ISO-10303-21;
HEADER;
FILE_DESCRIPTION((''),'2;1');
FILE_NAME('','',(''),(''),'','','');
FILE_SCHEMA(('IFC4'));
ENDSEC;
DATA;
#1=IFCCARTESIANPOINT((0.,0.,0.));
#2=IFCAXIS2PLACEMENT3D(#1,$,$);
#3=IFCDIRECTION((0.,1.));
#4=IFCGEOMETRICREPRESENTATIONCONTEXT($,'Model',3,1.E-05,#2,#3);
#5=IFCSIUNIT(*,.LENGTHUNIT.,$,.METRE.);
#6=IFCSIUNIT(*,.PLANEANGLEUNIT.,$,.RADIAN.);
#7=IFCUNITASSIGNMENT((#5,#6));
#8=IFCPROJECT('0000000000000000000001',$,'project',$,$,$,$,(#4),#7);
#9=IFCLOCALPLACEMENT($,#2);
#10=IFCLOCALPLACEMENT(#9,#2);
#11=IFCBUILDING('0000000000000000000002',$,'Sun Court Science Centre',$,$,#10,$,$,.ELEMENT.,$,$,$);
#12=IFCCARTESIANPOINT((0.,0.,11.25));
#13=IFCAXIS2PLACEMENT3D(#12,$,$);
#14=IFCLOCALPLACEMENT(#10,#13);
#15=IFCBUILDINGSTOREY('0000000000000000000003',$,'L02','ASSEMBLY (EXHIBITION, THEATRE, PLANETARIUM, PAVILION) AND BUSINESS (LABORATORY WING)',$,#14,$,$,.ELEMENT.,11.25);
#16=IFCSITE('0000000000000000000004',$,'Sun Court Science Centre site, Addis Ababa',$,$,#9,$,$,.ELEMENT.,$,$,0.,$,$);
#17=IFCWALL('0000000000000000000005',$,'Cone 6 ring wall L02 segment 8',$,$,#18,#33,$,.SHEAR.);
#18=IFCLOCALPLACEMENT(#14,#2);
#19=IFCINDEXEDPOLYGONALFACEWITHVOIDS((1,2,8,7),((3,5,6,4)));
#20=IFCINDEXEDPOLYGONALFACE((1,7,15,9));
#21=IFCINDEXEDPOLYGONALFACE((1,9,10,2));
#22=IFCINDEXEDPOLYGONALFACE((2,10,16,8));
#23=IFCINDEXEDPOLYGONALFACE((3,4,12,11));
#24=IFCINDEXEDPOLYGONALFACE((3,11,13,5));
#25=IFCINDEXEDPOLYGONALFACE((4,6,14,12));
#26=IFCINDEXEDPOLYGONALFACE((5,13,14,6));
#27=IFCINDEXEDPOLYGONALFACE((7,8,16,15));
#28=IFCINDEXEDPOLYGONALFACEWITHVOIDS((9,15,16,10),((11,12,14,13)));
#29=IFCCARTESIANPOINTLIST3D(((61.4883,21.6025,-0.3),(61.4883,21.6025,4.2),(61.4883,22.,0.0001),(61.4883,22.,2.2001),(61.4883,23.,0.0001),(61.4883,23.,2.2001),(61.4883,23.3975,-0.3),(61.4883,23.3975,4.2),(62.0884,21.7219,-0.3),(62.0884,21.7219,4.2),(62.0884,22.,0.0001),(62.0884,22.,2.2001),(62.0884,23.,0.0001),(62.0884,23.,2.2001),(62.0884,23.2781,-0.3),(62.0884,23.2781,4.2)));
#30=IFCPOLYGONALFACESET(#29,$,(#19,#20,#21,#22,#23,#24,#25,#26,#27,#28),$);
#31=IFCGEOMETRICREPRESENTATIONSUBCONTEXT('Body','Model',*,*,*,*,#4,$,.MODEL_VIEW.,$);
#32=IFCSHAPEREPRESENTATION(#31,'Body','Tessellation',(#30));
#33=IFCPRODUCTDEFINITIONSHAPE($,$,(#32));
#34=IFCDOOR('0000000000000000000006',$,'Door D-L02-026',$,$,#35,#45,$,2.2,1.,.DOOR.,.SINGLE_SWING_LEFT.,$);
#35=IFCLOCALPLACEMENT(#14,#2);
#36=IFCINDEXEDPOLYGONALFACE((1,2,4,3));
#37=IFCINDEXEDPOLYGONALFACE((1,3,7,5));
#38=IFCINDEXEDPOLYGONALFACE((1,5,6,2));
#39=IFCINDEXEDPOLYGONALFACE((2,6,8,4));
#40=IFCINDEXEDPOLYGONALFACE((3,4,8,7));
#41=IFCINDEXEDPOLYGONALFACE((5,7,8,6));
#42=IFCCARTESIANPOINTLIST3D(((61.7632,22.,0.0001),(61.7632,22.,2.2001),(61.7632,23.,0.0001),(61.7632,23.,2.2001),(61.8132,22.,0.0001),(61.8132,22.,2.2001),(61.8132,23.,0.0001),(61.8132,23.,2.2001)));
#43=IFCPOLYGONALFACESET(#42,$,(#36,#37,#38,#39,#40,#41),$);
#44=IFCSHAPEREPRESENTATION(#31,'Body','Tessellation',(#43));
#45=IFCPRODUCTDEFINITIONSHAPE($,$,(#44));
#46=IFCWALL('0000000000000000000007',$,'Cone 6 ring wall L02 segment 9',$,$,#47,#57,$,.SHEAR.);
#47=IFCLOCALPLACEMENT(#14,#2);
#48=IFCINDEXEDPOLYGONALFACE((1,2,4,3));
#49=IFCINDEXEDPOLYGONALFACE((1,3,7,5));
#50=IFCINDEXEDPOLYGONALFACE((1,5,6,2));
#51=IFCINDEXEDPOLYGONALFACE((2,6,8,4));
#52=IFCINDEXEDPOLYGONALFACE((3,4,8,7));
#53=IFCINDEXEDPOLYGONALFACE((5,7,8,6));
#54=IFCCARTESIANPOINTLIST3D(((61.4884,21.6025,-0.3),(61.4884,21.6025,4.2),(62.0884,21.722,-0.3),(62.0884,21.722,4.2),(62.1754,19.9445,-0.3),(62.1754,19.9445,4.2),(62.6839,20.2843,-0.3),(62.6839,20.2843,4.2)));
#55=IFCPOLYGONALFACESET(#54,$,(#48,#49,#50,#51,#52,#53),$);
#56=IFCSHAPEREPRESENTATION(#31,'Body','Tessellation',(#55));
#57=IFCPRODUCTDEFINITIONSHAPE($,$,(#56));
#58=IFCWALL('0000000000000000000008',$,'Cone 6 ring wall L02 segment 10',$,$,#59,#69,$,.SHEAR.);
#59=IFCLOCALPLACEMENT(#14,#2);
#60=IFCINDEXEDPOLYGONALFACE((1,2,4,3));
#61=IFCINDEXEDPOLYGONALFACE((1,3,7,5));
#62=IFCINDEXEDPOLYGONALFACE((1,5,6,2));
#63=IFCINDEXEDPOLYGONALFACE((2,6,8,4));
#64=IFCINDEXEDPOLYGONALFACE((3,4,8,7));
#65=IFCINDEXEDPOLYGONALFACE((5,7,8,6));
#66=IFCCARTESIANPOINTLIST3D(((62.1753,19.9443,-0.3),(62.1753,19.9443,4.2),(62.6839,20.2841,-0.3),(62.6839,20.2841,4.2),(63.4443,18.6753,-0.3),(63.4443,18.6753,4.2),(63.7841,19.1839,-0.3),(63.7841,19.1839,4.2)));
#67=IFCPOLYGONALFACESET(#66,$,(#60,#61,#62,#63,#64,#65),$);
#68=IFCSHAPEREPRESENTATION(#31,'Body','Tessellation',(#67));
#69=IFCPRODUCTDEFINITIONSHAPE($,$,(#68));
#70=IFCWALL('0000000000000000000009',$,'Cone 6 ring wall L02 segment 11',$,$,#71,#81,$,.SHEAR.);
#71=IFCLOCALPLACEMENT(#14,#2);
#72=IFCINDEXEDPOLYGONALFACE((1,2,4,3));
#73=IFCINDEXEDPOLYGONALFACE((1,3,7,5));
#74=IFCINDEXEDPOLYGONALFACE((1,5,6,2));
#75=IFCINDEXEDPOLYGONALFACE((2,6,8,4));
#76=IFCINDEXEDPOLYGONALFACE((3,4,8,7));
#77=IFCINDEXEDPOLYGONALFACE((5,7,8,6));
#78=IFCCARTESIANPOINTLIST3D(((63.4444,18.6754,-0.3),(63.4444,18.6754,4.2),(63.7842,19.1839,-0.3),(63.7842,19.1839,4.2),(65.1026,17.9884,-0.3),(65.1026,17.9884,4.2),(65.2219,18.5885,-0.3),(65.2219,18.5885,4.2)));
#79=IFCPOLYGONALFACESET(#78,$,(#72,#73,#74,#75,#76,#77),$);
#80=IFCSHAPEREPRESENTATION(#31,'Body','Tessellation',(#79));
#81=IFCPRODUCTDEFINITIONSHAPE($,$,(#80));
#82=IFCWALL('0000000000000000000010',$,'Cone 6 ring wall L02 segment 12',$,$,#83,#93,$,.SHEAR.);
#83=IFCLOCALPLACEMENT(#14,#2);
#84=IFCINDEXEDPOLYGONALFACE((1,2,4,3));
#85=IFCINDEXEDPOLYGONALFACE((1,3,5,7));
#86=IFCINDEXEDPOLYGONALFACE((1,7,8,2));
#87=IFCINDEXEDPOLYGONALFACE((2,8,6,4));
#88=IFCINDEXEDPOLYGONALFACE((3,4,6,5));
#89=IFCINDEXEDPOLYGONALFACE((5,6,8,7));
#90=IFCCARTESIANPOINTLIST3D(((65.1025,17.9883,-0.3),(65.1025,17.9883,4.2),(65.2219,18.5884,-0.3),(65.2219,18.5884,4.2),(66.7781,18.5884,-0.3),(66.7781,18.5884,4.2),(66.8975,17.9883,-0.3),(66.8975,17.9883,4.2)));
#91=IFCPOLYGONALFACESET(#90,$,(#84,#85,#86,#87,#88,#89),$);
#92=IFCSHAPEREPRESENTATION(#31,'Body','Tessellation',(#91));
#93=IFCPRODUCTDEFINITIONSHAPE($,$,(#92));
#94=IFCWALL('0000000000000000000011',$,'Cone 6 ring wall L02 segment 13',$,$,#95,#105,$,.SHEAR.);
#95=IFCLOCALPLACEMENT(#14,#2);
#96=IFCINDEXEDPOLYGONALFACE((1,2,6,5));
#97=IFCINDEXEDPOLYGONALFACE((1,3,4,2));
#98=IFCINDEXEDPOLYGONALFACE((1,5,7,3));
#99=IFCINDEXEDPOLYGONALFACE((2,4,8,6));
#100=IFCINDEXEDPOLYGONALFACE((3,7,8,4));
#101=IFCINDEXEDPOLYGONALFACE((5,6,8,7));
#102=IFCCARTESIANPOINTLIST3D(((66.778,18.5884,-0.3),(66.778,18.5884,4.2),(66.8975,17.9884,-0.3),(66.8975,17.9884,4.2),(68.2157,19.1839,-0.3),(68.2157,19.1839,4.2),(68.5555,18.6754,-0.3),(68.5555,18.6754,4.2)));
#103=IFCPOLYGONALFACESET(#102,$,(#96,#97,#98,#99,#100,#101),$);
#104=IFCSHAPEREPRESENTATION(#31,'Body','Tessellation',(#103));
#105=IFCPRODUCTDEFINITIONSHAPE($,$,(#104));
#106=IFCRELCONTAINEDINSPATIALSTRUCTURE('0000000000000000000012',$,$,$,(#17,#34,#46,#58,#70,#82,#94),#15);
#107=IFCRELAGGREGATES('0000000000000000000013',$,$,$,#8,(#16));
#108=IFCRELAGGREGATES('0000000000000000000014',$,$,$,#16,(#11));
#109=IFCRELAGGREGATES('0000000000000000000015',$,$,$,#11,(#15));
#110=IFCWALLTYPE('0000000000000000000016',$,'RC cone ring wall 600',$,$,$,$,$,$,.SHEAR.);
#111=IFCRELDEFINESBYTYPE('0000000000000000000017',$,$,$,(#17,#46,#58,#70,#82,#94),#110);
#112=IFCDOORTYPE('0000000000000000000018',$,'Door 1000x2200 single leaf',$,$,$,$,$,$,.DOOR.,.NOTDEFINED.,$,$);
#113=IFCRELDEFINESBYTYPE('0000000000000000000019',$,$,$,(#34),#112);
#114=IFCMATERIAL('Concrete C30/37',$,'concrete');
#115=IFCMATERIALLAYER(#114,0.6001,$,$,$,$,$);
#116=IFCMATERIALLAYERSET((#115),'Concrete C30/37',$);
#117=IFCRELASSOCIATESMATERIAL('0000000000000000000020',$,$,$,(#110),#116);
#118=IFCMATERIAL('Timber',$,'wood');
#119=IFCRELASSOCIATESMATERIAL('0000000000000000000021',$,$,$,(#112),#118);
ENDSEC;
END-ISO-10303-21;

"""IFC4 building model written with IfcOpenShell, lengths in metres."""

from ifc_helpers import new_model, si_unit, direction, frame, frame_2d, origin, place, context, subcontext, project, spatial, polyline, rectangle, outline, extrude, material, layer, layer_set, type_object, element, fill, save


model = new_model("IFC4")

# Units and contexts
model_context = context("Model", 3, precision=1e-05, world=origin(), true_north=direction((0.0, 1.0)))
body_context = subcontext(model_context, "Body", "Model", "MODEL_VIEW")
ifc_project = project(units=[si_unit("LENGTHUNIT", "METRE"), si_unit("PLANEANGLEUNIT", "RADIAN")], contexts=[model_context])

# Site, building, storey
site_placement = place(None, origin())
site = spatial("IfcSite", under=ifc_project, at=site_placement, Name="Sun Court Science Centre site, Addis Ababa", CompositionType="ELEMENT", RefElevation=0.0)
building_placement = place(site_placement, origin())
building = spatial("IfcBuilding", under=site, at=building_placement, Name="Sun Court Science Centre", CompositionType="ELEMENT")
storey_placement = place(building_placement, frame((0.0, 0.0, 11.25)))
storey = spatial("IfcBuildingStorey", under=building, at=storey_placement, Name="L02", Description="ASSEMBLY (EXHIBITION, THEATRE, PLANETARIUM, PAVILION) AND BUSINESS (LABORATORY WING)", CompositionType="ELEMENT", Elevation=11.25)

# Shared definitions
ifc_material_1 = material(Name="Concrete C30/37", Category="concrete")
ifc_layer_1 = layer(ifc_material_1, 0.6001)
ifc_layer_set_1 = layer_set([ifc_layer_1], Name="Concrete C30/37")
wall_type_1 = type_object("IfcWallType", Name="RC cone ring wall 600", PredefinedType="SHEAR", material=ifc_layer_set_1)

# Wall, opening, door
wall_1_placement = place(storey_placement, frame((61.7883, 23.3975, -0.3), z_axis=(0.0, 0.0, 1.0), x_axis=(0.0, -1.0, 0.0)))
wall_1 = element("IfcWall", 1, at=wall_1_placement, inside=storey, type_object=wall_type_1, Name="Cone 6 ring wall L02 segment 8", PredefinedType="SHEAR", context=body_context, shape_type="SweptSolid", body=[
    extrude(outline(polyline([(0.0, -0.3), (1.7949, -0.3), (1.6755, 0.3), (0.1194, 0.3), (0.0, -0.3)])), origin(), (0.0, 0.0, 1.0), 4.5),
])
opening_1_placement = place(wall_1_placement, frame((0.3975, 0.0, 0.3)))
opening_1 = element("IfcOpeningElement", 2, at=opening_1_placement, cuts=wall_1, PredefinedType="OPENING", context=body_context, shape_type="SweptSolid", body=[
    extrude(rectangle(XDim=1.0, YDim=2.2, at=frame_2d((0.5, 1.1001))), frame((0.0, 0.3101, 0.0), z_axis=(0.0, -1.0, 0.0), x_axis=(1.0, 0.0, 0.0)), (0.0, 0.0, 1.0), 0.6201),
])
ifc_material_2 = material(Name="Timber", Category="wood")
door_type_1 = type_object("IfcDoorType", Name="Door 1000x2200 single leaf", OperationType="NOTDEFINED", PredefinedType="DOOR", material=ifc_material_2)
door_1_placement = place(opening_1_placement, origin())
door_1 = element("IfcDoor", 3, at=door_1_placement, inside=storey, type_object=door_type_1, Name="Door D-L02-026", OperationType="SINGLE_SWING_LEFT", OverallHeight=2.2, OverallWidth=1.0, PredefinedType="DOOR", context=body_context, shape_type="SweptSolid", body=[
    extrude(rectangle(XDim=1.0, YDim=2.2, at=frame_2d((0.5, 1.1001))), frame((0.0, 0.0249, 0.0), z_axis=(0.0, -1.0, 0.0), x_axis=(1.0, 0.0, 0.0)), (0.0, 0.0, 1.0), 0.05),
])
fill(opening_1, door_1)

# Walls
wall_2_placement = place(storey_placement, frame((61.7656, 21.7173, -0.3), z_axis=(0.0, 0.0, 1.0), x_axis=(0.382644, -0.923896, 0.0)))
element("IfcWall", 4, at=wall_2_placement, inside=storey, type_object=wall_type_1, Name="Cone 6 ring wall L02 segment 9", PredefinedType="SHEAR", context=body_context, shape_type="SweptSolid", body=[
    extrude(outline(polyline([(0.0, -0.3), (1.7947, -0.2998), (1.6753, 0.3), (0.1191, 0.3), (0.0, -0.3)])), origin(), (0.0, 0.0, 1.0), 4.5),
])
wall_3_placement = place(storey_placement, frame((62.3875, 20.1565, -0.3), z_axis=(0.0, 0.0, 1.0), x_axis=(0.707107, -0.707107, 0.0)))
element("IfcWall", 5, at=wall_3_placement, inside=storey, type_object=wall_type_1, Name="Cone 6 ring wall L02 segment 10", PredefinedType="SHEAR", context=body_context, shape_type="SweptSolid", body=[
    extrude(outline(polyline([(0.0, -0.3), (1.7947, -0.3), (1.6753, 0.2998), (0.1194, 0.2998), (0.0, -0.3)])), origin(), (0.0, 0.0, 1.0), 4.5),
])
wall_4_placement = place(storey_placement, frame((63.5591, 18.9524, -0.3), z_axis=(0.0, 0.0, 1.0), x_axis=(0.923896, -0.382644, 0.0)))
element("IfcWall", 6, at=wall_4_placement, inside=storey, type_object=wall_type_1, Name="Cone 6 ring wall L02 segment 11", PredefinedType="SHEAR", context=body_context, shape_type="SweptSolid", body=[
    extrude(outline(polyline([(0.0, -0.2998), (1.7949, -0.3), (1.6755, 0.3), (0.1194, 0.3), (0.0, -0.2998)])), origin(), (0.0, 0.0, 1.0), 4.5),
])
wall_5_placement = place(storey_placement, frame((65.1025, 18.2883, -0.3), z_axis=(0.0, 0.0, 1.0), x_axis=(1.0, 0.0, 0.0)))
element("IfcWall", 7, at=wall_5_placement, inside=storey, type_object=wall_type_1, Name="Cone 6 ring wall L02 segment 12", PredefinedType="SHEAR", context=body_context, shape_type="SweptSolid", body=[
    extrude(outline(polyline([(0.0, -0.3), (1.7949, -0.3), (1.6755, 0.3), (0.1194, 0.3), (0.0, -0.3)])), origin(), (0.0, 0.0, 1.0), 4.5),
])
wall_6_placement = place(storey_placement, frame((66.7827, 18.2656, -0.3), z_axis=(0.0, 0.0, 1.0), x_axis=(0.923896, 0.382644, 0.0)))
element("IfcWall", 8, at=wall_6_placement, inside=storey, type_object=wall_type_1, Name="Cone 6 ring wall L02 segment 13", PredefinedType="SHEAR", context=body_context, shape_type="SweptSolid", body=[
    extrude(outline(polyline([(0.0, -0.3), (1.7947, -0.2998), (1.6753, 0.3), (0.1191, 0.3), (0.0, -0.3)])), origin(), (0.0, 0.0, 1.0), 4.5),
])

save(model, "model.ifc")
